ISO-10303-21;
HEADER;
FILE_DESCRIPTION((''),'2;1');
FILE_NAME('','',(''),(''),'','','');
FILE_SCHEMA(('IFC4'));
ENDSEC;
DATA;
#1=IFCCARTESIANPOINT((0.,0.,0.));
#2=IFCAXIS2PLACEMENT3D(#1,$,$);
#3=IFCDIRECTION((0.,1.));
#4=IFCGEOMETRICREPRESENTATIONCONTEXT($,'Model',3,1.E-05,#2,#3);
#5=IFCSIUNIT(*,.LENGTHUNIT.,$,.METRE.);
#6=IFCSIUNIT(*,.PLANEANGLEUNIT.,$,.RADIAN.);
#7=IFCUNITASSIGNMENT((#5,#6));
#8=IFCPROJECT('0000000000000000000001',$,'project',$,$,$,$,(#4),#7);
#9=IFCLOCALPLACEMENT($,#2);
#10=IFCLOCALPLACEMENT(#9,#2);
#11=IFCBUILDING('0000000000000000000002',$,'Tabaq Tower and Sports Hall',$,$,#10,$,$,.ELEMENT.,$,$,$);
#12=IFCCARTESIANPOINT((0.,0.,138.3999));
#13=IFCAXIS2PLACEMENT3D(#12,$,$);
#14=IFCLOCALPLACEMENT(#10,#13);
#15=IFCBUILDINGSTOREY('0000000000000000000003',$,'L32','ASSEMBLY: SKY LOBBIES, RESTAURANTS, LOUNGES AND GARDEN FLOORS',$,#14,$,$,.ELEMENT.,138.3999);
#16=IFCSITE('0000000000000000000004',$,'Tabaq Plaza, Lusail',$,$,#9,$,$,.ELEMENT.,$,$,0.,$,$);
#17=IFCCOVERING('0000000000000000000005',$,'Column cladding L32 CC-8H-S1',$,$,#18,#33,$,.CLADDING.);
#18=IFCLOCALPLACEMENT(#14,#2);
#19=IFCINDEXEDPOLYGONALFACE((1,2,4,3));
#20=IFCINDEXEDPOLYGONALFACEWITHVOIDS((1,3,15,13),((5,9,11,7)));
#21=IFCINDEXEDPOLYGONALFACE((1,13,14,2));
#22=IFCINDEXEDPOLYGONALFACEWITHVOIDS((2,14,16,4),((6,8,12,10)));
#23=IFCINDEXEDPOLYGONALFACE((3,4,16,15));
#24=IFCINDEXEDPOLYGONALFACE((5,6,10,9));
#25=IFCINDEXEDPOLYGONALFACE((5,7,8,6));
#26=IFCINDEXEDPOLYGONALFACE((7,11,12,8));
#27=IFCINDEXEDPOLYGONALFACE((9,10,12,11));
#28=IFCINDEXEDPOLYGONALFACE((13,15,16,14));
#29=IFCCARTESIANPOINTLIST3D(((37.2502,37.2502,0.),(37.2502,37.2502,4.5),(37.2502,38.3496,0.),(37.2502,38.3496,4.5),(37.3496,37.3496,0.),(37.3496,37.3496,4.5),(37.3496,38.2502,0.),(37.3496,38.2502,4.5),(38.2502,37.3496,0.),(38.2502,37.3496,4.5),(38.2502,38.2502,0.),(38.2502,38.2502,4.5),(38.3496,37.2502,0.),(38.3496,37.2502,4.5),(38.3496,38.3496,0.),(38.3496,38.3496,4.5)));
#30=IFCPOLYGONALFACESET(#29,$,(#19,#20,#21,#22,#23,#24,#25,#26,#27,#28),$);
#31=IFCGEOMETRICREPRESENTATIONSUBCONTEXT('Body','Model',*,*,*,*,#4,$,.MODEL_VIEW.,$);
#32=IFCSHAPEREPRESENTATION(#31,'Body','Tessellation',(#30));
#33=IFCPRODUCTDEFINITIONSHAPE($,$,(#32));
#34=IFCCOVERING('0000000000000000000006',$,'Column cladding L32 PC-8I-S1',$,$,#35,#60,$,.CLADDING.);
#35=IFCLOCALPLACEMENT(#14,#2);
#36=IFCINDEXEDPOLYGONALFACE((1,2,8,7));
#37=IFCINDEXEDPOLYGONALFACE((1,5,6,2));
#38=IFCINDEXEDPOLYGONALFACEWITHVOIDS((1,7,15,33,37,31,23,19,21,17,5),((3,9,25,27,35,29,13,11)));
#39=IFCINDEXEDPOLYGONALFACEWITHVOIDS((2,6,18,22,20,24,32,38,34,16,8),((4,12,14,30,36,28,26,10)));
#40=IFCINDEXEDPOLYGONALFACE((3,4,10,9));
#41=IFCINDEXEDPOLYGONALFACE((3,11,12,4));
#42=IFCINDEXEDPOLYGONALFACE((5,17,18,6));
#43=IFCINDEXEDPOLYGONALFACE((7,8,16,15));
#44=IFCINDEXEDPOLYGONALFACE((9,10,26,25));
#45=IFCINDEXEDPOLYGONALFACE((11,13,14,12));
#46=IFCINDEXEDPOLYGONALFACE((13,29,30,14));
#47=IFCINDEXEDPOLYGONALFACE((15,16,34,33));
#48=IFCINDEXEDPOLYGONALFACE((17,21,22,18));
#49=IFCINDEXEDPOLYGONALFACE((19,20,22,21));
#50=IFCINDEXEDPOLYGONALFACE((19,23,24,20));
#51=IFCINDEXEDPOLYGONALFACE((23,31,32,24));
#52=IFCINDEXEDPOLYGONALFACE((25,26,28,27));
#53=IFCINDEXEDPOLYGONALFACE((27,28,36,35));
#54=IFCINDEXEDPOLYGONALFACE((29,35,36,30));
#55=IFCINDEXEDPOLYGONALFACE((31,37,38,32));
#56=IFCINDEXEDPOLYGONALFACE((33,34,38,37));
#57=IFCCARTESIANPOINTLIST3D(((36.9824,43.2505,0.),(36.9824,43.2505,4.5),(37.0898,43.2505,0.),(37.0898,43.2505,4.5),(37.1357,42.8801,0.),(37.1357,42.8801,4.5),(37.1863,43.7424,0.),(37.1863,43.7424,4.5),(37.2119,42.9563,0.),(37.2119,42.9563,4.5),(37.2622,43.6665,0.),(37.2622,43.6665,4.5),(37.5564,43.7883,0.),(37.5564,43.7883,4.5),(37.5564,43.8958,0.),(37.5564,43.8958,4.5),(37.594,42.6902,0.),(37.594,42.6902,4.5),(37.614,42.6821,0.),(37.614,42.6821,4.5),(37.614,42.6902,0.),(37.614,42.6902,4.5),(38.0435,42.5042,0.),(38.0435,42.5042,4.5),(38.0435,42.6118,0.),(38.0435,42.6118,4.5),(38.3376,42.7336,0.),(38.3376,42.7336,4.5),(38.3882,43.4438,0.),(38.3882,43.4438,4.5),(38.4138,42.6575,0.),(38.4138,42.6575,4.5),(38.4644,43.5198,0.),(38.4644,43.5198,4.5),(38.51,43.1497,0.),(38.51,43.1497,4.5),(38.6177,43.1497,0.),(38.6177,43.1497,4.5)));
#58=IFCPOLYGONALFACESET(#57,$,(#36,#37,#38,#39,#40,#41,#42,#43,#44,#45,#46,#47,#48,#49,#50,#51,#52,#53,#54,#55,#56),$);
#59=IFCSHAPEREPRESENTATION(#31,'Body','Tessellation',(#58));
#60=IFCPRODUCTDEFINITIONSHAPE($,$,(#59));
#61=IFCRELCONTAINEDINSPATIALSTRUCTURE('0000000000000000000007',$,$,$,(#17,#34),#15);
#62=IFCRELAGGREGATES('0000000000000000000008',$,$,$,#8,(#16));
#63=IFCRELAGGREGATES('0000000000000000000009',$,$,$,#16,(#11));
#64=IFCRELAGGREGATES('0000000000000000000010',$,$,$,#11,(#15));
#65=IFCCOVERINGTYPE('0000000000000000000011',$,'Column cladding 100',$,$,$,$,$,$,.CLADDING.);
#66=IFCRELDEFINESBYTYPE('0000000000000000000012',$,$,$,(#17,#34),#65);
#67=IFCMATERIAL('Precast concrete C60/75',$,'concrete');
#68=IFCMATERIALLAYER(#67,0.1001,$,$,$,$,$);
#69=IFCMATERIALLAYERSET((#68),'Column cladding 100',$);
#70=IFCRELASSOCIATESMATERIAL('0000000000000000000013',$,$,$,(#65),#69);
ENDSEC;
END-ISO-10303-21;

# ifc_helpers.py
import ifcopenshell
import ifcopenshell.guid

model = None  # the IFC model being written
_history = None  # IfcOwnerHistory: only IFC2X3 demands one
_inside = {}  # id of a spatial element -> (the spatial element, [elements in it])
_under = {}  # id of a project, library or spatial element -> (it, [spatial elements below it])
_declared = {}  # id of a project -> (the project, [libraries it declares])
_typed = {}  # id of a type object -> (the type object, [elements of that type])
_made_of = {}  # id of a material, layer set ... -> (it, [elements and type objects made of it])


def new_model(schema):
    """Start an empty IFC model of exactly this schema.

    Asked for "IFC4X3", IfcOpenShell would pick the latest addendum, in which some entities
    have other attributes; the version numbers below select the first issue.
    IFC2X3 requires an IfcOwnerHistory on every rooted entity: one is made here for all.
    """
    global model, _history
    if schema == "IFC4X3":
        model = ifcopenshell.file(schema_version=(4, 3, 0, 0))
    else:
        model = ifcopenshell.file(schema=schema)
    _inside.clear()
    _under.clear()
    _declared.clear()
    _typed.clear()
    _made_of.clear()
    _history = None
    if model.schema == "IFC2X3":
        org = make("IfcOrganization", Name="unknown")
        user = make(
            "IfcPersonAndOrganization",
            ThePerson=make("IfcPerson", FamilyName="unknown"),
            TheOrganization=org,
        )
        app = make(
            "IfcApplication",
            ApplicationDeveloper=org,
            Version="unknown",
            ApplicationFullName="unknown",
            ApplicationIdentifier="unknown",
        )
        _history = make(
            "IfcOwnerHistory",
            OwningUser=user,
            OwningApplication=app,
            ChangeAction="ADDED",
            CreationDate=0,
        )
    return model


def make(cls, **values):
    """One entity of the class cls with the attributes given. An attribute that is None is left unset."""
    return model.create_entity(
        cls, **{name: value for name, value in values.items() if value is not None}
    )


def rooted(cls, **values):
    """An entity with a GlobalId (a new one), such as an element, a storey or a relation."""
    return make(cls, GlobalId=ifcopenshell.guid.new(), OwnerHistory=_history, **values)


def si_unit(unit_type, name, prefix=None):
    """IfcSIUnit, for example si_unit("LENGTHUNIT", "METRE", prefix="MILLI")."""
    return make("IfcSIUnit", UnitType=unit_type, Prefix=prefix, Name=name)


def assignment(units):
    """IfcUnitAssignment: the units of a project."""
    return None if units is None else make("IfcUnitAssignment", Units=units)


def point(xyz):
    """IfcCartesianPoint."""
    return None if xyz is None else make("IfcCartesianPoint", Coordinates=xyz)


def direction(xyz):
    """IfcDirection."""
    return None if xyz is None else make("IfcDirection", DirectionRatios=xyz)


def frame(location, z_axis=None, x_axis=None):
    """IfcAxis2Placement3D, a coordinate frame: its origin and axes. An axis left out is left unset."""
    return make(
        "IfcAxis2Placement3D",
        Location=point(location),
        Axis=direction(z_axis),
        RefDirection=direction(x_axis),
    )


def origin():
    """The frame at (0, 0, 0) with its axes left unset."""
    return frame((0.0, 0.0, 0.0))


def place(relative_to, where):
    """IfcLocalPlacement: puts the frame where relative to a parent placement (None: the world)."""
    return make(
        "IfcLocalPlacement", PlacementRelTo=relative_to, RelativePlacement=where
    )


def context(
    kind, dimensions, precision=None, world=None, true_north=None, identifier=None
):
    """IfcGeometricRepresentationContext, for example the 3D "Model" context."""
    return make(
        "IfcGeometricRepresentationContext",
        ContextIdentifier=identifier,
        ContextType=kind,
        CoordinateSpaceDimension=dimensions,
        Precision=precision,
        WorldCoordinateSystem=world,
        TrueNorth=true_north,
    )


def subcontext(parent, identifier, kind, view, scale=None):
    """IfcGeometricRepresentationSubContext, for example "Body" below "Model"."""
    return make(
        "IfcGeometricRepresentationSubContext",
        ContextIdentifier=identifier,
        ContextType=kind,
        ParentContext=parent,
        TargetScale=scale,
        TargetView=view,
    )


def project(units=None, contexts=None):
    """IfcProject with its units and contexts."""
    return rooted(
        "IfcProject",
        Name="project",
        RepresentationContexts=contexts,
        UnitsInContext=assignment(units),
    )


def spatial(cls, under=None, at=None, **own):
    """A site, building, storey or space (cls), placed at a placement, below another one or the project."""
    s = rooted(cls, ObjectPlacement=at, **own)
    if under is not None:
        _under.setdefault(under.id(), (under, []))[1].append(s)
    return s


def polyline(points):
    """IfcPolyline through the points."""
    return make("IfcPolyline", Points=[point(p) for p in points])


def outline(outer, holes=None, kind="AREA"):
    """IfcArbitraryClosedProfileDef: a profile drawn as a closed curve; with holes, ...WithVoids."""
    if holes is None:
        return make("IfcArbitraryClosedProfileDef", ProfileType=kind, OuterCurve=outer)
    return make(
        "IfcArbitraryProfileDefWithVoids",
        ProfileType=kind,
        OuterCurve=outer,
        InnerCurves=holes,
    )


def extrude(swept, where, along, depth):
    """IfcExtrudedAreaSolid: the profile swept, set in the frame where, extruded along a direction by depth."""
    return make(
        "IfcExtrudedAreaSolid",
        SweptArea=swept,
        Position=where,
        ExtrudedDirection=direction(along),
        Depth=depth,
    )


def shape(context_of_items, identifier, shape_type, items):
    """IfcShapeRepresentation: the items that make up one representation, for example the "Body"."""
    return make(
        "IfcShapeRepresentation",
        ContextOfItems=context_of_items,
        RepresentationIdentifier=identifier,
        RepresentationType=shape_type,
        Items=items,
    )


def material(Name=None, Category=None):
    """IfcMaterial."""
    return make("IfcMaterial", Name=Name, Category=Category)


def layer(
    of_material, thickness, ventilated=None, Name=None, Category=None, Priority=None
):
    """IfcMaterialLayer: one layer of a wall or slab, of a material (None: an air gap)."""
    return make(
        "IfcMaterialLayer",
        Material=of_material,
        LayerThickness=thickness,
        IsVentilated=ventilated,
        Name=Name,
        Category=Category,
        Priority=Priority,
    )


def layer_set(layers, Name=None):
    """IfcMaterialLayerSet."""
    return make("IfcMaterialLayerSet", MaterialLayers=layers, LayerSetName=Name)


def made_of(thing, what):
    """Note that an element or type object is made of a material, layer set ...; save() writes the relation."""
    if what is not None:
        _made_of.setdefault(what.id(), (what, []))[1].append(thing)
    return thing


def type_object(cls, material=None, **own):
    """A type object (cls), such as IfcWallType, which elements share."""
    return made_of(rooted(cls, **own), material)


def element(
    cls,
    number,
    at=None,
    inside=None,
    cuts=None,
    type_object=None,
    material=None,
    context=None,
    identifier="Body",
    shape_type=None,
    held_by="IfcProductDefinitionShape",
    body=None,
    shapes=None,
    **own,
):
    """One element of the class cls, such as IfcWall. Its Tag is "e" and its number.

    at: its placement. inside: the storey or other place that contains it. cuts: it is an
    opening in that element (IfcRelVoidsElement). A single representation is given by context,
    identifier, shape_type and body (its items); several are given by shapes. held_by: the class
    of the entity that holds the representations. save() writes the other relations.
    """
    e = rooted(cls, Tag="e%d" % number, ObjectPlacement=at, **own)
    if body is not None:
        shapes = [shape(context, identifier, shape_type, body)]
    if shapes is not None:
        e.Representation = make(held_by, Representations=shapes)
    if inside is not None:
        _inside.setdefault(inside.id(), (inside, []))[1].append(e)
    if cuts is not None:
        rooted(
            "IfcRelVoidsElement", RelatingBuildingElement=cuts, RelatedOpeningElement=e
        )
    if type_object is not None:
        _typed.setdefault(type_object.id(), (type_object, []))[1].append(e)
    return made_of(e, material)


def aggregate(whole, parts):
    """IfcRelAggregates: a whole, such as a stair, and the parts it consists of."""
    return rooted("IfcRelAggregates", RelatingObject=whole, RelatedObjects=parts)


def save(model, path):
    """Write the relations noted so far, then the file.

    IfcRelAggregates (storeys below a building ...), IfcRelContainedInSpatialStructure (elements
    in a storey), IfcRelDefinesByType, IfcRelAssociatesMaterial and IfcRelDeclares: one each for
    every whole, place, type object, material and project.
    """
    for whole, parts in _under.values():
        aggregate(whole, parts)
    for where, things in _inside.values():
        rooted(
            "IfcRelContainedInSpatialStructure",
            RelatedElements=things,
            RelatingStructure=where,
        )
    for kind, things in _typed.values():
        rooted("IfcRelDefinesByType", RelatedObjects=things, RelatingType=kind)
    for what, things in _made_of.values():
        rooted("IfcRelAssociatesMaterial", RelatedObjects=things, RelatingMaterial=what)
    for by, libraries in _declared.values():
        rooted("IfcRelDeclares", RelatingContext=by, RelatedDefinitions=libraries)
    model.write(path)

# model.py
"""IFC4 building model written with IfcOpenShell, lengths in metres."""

from ifc_helpers import new_model, si_unit, direction, frame, origin, place, context, subcontext, project, spatial, polyline, outline, extrude, material, layer, layer_set, type_object, element, save


model = new_model("IFC4")

# Units and contexts
model_context = context("Model", 3, precision=1e-05, world=origin(), true_north=direction((0.0, 1.0)))
body_context = subcontext(model_context, "Body", "Model", "MODEL_VIEW")
ifc_project = project(units=[si_unit("LENGTHUNIT", "METRE"), si_unit("PLANEANGLEUNIT", "RADIAN")], contexts=[model_context])

# Site, building, storey
site_placement = place(None, origin())
site = spatial("IfcSite", under=ifc_project, at=site_placement, Name="Tabaq Plaza, Lusail", CompositionType="ELEMENT", RefElevation=0.0)
building_placement = place(site_placement, origin())
building = spatial("IfcBuilding", under=site, at=building_placement, Name="Tabaq Tower and Sports Hall", CompositionType="ELEMENT")
storey_placement = place(building_placement, frame((0.0, 0.0, 138.3999)))
storey = spatial("IfcBuildingStorey", under=building, at=storey_placement, Name="L32", Description="ASSEMBLY: SKY LOBBIES, RESTAURANTS, LOUNGES AND GARDEN FLOORS", CompositionType="ELEMENT", Elevation=138.3999)

# Coverings
ifc_material_1 = material(Name="Precast concrete C60/75", Category="concrete")
ifc_layer_1 = layer(ifc_material_1, 0.1001)
ifc_layer_set_1 = layer_set([ifc_layer_1], Name="Column cladding 100")
covering_type = type_object("IfcCoveringType", Name="Column cladding 100", PredefinedType="CLADDING", material=ifc_layer_set_1)
covering_1_placement = place(storey_placement, origin())
element("IfcCovering", 1, at=covering_1_placement, inside=storey, type_object=covering_type, Name="Column cladding L32 CC-8H-S1", PredefinedType="CLADDING", context=body_context, shape_type="SweptSolid", body=[
    extrude(outline(polyline([(37.2502, 38.3496), (38.3496, 38.3496), (38.3496, 37.2502), (37.2502, 37.2502), (37.2502, 38.3496)]), holes=[polyline([(38.2502, 37.3496), (38.2502, 38.2502), (37.3496, 38.2502), (37.3496, 37.3496), (38.2502, 37.3496)])]), origin(), (0.0, 0.0, 1.0), 4.5),
])
covering_2_placement = place(storey_placement, origin())
element("IfcCovering", 2, at=covering_2_placement, inside=storey, type_object=covering_type, Name="Column cladding L32 PC-8I-S1", PredefinedType="CLADDING", context=body_context, shape_type="SweptSolid", body=[
    extrude(outline(polyline([(38.4138, 42.6575), (38.0435, 42.5042), (37.614, 42.6821), (37.614, 42.6902), (37.594, 42.6902), (37.1357, 42.8801), (36.9824, 43.2505), (37.1863, 43.7424), (37.5564, 43.8958), (38.4644, 43.5198), (38.6177, 43.1497), (38.4138, 42.6575)]), holes=[polyline([(37.2622, 43.6665), (37.0898, 43.2505), (37.2119, 42.9563), (38.0435, 42.6118), (38.3376, 42.7336), (38.51, 43.1497), (38.3882, 43.4438), (37.5564, 43.7883), (37.2622, 43.6665)])]), origin(), (0.0, 0.0, 1.0), 4.5),
])

save(model, "model.ifc")
